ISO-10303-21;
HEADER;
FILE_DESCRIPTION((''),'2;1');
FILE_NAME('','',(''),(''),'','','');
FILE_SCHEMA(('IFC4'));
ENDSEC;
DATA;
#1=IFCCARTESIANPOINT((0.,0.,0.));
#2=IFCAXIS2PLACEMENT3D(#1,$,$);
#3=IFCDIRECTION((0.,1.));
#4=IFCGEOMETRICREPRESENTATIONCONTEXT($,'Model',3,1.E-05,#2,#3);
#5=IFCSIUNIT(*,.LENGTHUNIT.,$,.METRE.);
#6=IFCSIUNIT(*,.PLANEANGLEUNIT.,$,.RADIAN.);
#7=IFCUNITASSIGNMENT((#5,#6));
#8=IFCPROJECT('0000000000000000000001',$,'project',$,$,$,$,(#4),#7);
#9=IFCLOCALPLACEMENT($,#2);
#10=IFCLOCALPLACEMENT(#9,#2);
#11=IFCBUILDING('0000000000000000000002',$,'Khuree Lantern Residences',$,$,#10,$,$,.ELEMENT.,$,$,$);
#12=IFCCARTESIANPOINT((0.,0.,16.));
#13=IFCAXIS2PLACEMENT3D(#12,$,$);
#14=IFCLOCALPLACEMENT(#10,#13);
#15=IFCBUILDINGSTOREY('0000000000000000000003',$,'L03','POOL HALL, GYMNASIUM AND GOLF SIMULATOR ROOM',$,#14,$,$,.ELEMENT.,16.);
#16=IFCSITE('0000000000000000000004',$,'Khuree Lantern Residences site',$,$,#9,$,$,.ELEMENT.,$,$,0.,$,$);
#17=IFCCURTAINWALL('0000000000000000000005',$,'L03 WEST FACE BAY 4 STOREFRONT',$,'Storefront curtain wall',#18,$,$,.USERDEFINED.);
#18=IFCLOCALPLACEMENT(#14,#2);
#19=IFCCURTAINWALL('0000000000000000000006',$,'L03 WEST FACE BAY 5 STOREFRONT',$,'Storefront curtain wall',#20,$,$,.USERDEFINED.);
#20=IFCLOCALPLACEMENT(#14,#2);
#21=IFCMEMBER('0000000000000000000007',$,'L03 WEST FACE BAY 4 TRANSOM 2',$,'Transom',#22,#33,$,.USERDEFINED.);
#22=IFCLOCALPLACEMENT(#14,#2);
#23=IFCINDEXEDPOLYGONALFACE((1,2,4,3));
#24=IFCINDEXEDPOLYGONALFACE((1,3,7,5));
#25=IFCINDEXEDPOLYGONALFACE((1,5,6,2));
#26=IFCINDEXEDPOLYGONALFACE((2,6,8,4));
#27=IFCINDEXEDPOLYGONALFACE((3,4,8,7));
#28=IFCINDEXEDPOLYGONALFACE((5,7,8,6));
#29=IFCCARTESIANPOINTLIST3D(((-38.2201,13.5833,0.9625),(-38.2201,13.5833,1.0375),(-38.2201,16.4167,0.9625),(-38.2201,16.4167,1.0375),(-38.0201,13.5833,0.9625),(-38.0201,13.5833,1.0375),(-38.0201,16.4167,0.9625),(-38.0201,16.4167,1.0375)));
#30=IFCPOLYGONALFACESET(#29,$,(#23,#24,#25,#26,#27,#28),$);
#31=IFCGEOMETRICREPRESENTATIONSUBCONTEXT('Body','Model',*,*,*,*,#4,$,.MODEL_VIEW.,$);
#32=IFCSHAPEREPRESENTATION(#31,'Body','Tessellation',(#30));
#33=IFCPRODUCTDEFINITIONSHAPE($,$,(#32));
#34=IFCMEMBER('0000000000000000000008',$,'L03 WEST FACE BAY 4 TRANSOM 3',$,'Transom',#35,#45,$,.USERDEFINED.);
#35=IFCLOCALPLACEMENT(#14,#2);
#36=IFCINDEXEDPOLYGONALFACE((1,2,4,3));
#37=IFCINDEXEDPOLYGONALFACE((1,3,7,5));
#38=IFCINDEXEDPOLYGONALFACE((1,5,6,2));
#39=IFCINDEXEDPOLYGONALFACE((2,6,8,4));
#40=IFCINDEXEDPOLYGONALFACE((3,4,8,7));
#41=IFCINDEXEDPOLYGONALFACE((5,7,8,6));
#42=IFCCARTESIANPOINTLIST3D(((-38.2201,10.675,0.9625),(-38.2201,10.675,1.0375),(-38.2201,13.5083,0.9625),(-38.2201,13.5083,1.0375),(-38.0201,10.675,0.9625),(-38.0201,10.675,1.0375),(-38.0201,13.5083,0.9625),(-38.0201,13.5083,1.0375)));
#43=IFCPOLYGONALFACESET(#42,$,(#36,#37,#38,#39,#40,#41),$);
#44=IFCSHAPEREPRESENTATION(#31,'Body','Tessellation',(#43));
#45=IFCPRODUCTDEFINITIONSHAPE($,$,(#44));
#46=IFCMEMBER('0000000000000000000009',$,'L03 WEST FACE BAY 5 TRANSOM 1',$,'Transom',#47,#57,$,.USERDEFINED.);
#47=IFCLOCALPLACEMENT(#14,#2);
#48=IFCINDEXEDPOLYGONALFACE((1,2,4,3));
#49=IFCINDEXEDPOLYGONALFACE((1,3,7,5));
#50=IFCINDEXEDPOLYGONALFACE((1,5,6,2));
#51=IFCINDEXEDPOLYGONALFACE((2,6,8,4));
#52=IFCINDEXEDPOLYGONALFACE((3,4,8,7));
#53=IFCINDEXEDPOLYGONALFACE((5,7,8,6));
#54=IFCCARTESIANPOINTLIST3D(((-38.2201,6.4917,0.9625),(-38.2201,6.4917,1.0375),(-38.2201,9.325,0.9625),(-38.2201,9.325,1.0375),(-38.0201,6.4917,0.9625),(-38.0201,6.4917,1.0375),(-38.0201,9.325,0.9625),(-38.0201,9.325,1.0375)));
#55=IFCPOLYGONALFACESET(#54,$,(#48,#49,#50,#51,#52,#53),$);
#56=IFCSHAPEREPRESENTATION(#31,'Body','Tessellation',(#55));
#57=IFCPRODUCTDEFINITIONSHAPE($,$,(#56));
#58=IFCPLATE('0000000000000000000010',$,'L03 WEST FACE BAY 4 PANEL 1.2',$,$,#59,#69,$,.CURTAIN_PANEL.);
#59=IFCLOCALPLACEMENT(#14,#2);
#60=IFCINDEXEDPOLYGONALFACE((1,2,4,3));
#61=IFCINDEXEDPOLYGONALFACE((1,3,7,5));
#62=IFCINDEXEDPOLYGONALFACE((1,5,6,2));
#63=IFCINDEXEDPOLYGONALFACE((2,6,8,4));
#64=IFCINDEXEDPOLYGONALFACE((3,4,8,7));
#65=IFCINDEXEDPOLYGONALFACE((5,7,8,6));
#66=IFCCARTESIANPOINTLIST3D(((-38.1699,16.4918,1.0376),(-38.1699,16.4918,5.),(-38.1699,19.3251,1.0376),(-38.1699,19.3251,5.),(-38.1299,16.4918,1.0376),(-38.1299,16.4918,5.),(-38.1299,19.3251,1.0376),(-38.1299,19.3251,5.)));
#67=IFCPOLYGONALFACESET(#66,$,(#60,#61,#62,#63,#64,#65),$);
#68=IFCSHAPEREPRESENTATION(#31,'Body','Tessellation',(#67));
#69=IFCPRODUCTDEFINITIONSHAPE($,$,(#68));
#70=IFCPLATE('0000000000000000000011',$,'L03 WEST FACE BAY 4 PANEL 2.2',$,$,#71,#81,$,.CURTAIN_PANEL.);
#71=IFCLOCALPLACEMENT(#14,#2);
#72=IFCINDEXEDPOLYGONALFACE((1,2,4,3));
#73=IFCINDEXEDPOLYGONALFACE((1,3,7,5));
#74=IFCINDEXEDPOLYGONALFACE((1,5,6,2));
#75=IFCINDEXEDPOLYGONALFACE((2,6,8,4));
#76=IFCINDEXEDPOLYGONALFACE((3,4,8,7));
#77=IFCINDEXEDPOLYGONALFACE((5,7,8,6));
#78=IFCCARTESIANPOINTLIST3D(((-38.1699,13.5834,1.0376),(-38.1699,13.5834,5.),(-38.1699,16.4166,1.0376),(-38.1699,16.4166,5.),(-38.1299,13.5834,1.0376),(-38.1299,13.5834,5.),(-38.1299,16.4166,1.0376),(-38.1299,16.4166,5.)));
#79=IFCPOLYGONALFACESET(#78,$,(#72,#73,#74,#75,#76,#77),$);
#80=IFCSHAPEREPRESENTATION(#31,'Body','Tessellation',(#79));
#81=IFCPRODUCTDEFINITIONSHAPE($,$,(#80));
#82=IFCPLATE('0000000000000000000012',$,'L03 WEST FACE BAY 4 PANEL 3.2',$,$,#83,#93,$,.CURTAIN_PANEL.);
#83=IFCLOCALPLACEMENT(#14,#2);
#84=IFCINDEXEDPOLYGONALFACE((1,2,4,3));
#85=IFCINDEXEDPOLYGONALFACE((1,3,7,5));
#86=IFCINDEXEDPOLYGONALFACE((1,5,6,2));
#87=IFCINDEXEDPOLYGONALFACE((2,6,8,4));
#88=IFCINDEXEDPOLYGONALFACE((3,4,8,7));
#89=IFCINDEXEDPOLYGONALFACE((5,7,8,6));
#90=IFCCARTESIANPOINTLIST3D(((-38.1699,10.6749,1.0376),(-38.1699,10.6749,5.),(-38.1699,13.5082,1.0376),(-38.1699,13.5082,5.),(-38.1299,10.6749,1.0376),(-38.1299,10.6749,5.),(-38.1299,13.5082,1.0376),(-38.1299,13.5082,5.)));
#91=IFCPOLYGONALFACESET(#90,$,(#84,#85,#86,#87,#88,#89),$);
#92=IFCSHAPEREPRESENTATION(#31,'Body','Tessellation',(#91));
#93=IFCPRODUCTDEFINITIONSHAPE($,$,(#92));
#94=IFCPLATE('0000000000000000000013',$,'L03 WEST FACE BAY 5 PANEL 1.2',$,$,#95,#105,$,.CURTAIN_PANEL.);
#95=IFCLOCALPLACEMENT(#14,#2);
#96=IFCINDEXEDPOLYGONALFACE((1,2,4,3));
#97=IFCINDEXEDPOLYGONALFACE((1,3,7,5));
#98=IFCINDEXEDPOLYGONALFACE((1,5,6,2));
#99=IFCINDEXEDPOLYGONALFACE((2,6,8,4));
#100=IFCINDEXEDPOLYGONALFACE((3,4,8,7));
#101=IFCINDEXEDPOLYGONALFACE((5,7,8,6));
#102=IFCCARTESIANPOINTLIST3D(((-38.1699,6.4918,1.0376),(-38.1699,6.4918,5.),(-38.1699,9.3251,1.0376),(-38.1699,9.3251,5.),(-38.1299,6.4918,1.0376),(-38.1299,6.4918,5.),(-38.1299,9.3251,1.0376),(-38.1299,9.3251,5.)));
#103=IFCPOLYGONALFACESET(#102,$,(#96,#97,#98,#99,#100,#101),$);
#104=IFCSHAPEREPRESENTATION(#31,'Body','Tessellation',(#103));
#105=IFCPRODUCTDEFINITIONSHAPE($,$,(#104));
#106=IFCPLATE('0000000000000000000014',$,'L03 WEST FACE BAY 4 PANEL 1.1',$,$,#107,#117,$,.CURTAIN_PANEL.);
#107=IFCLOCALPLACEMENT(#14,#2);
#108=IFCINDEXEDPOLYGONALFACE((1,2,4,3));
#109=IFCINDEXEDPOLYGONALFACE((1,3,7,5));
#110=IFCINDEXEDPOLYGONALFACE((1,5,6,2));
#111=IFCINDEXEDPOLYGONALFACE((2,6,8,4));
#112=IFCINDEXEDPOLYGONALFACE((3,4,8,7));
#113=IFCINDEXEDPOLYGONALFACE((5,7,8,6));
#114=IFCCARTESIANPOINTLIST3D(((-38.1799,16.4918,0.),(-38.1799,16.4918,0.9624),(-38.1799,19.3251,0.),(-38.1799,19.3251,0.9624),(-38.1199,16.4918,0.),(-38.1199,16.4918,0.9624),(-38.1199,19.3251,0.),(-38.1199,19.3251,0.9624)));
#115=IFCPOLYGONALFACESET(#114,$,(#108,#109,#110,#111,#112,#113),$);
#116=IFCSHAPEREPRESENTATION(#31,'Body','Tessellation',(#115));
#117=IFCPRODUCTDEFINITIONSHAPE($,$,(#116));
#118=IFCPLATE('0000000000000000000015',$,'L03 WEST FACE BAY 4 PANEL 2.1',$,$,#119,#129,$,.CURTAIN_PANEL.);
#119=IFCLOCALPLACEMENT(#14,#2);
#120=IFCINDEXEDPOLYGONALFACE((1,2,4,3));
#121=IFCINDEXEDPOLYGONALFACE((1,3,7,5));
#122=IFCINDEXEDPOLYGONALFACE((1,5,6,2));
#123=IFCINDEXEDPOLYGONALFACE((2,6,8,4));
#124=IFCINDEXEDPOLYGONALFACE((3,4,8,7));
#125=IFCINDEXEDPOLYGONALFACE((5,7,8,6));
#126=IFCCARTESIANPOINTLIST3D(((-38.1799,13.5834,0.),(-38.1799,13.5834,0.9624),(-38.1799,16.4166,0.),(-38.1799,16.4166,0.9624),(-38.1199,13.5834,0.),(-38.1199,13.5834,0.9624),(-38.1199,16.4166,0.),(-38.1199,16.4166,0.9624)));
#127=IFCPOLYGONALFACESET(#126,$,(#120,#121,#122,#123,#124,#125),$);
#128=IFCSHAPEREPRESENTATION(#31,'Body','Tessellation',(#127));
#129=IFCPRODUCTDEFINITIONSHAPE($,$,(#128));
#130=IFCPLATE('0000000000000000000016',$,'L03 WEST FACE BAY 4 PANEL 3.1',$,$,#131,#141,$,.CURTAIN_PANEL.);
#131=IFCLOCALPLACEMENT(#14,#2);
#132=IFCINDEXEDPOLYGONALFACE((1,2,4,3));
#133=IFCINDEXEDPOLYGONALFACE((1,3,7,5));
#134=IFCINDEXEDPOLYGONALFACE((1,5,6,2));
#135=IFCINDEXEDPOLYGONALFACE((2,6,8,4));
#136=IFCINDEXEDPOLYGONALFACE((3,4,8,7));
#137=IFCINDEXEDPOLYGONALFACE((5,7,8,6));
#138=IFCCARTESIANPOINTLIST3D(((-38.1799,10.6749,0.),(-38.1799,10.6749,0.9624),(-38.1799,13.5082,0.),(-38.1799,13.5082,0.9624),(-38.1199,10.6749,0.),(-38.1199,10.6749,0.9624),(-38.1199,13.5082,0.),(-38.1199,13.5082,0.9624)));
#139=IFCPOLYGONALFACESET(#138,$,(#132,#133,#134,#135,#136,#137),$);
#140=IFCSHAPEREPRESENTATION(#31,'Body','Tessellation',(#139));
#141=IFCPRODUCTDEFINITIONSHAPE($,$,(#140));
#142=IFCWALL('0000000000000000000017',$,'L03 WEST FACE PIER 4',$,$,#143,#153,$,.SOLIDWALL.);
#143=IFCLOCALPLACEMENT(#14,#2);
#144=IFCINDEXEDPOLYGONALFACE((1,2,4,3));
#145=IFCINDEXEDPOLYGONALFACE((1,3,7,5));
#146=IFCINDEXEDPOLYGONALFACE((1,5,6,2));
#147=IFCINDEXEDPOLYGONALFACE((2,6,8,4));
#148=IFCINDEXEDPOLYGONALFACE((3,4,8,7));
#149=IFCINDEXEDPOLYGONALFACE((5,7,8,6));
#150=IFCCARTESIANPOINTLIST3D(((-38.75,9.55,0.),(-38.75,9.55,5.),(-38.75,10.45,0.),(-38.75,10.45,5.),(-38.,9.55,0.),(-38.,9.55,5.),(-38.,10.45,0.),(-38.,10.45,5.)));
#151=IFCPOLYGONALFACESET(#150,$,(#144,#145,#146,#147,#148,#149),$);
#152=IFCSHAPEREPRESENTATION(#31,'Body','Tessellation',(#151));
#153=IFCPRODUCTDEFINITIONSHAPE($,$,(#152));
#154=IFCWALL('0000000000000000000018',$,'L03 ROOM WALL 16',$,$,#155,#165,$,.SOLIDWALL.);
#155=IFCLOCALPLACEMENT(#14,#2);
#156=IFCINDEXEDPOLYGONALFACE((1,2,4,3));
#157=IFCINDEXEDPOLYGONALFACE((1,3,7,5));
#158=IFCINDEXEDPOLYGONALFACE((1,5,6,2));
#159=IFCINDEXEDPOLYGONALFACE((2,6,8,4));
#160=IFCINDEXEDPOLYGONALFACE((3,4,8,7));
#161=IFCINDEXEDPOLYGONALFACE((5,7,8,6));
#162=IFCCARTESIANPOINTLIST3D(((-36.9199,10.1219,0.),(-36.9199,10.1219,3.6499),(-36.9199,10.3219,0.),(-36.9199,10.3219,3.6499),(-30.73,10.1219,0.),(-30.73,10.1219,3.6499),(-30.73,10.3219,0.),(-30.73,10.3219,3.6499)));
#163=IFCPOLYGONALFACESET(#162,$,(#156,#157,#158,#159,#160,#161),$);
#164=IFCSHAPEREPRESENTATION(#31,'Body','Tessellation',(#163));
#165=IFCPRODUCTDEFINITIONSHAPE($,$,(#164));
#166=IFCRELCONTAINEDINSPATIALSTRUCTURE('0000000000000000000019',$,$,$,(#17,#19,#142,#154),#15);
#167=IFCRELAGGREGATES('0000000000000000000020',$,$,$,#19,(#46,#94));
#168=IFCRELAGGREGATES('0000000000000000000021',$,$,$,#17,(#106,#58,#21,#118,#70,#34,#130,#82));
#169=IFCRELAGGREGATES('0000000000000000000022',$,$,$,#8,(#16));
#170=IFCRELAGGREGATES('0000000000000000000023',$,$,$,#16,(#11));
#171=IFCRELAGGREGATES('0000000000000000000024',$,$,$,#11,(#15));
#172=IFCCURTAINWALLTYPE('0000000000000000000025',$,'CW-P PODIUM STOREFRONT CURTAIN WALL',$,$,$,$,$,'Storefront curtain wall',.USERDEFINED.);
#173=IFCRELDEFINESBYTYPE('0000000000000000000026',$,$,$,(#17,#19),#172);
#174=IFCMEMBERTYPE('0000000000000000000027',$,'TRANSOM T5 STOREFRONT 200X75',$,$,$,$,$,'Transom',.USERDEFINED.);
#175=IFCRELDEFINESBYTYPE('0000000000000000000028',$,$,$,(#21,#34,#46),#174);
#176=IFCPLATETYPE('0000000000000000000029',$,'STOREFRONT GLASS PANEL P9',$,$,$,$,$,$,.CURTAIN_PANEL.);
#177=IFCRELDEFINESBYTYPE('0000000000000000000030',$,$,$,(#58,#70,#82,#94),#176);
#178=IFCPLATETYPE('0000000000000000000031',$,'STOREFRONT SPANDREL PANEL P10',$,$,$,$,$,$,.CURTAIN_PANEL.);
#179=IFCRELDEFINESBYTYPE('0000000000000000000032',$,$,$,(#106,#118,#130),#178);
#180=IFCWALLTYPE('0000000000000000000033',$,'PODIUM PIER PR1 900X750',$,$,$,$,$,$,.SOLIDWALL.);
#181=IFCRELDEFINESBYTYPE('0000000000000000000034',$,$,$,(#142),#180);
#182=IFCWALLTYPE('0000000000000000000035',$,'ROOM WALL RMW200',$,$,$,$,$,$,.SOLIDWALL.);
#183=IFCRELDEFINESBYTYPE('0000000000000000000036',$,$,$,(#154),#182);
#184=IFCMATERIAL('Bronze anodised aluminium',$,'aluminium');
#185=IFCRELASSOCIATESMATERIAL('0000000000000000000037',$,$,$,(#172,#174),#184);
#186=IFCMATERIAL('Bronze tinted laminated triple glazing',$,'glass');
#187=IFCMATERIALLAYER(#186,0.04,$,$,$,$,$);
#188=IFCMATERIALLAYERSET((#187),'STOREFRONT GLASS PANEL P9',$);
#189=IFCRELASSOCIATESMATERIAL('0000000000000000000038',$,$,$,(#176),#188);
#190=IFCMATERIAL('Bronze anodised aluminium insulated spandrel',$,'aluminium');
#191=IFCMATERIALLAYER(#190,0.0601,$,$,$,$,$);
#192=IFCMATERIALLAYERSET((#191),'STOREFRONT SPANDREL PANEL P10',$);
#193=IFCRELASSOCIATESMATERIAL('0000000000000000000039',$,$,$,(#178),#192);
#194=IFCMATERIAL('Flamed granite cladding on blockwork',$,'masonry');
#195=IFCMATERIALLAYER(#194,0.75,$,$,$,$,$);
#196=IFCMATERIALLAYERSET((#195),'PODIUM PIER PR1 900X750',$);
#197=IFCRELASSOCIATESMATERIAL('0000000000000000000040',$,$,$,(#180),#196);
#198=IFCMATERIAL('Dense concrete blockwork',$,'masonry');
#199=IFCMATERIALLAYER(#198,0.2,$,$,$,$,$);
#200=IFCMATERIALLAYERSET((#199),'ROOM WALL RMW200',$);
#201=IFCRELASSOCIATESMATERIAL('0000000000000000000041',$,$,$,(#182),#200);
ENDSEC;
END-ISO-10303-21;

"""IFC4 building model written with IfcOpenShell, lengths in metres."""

from ifc_helpers import new_model, si_unit, direction, frame, frame_2d, origin, origin_2d, place, context, subcontext, project, spatial, rectangle, extrude, material, layer, layer_set, material_profile, profile_set, type_object, element, aggregate, save


model = new_model("IFC4")

# Units and contexts
model_context = context("Model", 3, precision=1e-05, world=origin(), true_north=direction((0.0, 1.0)))
body_context = subcontext(model_context, "Body", "Model", "MODEL_VIEW")
ifc_project = project(units=[si_unit("LENGTHUNIT", "METRE"), si_unit("PLANEANGLEUNIT", "RADIAN")], contexts=[model_context])

# Site, building, storey
site_placement = place(None, origin())
site = spatial("IfcSite", under=ifc_project, at=site_placement, Name="Khuree Lantern Residences site", CompositionType="ELEMENT", RefElevation=0.0)
building_placement = place(site_placement, origin())
building = spatial("IfcBuilding", under=site, at=building_placement, Name="Khuree Lantern Residences", CompositionType="ELEMENT")
storey_placement = place(building_placement, frame((0.0, 0.0, 16.0)))
storey = spatial("IfcBuildingStorey", under=building, at=storey_placement, Name="L03", Description="POOL HALL, GYMNASIUM AND GOLF SIMULATOR ROOM", CompositionType="ELEMENT", Elevation=16.0)

# Curtain wall
ifc_material_1 = material(Name="Bronze anodised aluminium", Category="aluminium")
curtain_wall_type = type_object("IfcCurtainWallType", Name="CW-P PODIUM STOREFRONT CURTAIN WALL", ElementType="Storefront curtain wall", PredefinedType="USERDEFINED", material=ifc_material_1)
curtain_wall_1_placement = place(storey_placement, origin())
curtain_wall_1 = element("IfcCurtainWall", 1, at=curtain_wall_1_placement, inside=storey, type_object=curtain_wall_type, Name="L03 WEST FACE BAY 4 STOREFRONT", ObjectType="Storefront curtain wall", PredefinedType="USERDEFINED")

# Curtain wall
curtain_wall_2_placement = place(storey_placement, origin())
curtain_wall_2 = element("IfcCurtainWall", 2, at=curtain_wall_2_placement, inside=storey, type_object=curtain_wall_type, Name="L03 WEST FACE BAY 5 STOREFRONT", ObjectType="Storefront curtain wall", PredefinedType="USERDEFINED")

# Members
ifc_material_profile_1 = material_profile(ifc_material_1, rectangle(XDim=0.2, YDim=0.075, at=origin_2d()), Name="T5 200X75")
ifc_profile_set_1 = profile_set([ifc_material_profile_1], Name="Bronze anodised aluminium")
member_type_1 = type_object("IfcMemberType", Name="TRANSOM T5 STOREFRONT 200X75", ElementType="Transom", PredefinedType="USERDEFINED", material=ifc_profile_set_1)
member_1_placement = place(storey_placement, frame((-38.1201, 16.4167, 1.0), z_axis=(0.0, -1.0, 0.0), x_axis=(1.0, 0.0, 0.0)))
member_1 = element("IfcMember", 3, at=member_1_placement, type_object=member_type_1, Name="L03 WEST FACE BAY 4 TRANSOM 2", ObjectType="Transom", PredefinedType="USERDEFINED", context=body_context, shape_type="SweptSolid", body=[
    extrude(rectangle(XDim=0.2, YDim=0.075, at=origin_2d()), origin(), (0.0, 0.0, 1.0), 2.8335),
])
member_2_placement = place(storey_placement, frame((-38.1201, 13.5083, 1.0), z_axis=(0.0, -1.0, 0.0), x_axis=(1.0, 0.0, 0.0)))
member_2 = element("IfcMember", 4, at=member_2_placement, type_object=member_type_1, Name="L03 WEST FACE BAY 4 TRANSOM 3", ObjectType="Transom", PredefinedType="USERDEFINED", context=body_context, shape_type="SweptSolid", body=[
    extrude(rectangle(XDim=0.2, YDim=0.075, at=origin_2d()), origin(), (0.0, 0.0, 1.0), 2.8333),
])
member_3_placement = place(storey_placement, frame((-38.1201, 9.325, 1.0), z_axis=(0.0, -1.0, 0.0), x_axis=(1.0, 0.0, 0.0)))
member_3 = element("IfcMember", 5, at=member_3_placement, type_object=member_type_1, Name="L03 WEST FACE BAY 5 TRANSOM 1", ObjectType="Transom", PredefinedType="USERDEFINED", context=body_context, shape_type="SweptSolid", body=[
    extrude(rectangle(XDim=0.2, YDim=0.075, at=origin_2d()), origin(), (0.0, 0.0, 1.0), 2.8333),
])

# Plates
ifc_material_2 = material(Name="Bronze tinted laminated triple glazing", Category="glass")
ifc_layer_1 = layer(ifc_material_2, 0.04)
ifc_layer_set_1 = layer_set([ifc_layer_1], Name="STOREFRONT GLASS PANEL P9")
plate_type_1 = type_object("IfcPlateType", Name="STOREFRONT GLASS PANEL P9", PredefinedType="CURTAIN_PANEL", material=ifc_layer_set_1)
plate_1_placement = place(storey_placement, frame((-38.1499, 17.9084, 1.0376), z_axis=(0.0, 0.0, 1.0), x_axis=(0.0, -1.0, 0.0)))
plate_1 = element("IfcPlate", 6, at=plate_1_placement, type_object=plate_type_1, Name="L03 WEST FACE BAY 4 PANEL 1.2", PredefinedType="CURTAIN_PANEL", context=body_context, shape_type="SweptSolid", body=[
    extrude(rectangle(XDim=2.8333, YDim=0.04, at=origin_2d()), origin(), (0.0, 0.0, 1.0), 3.9624),
])
plate_2_placement = place(storey_placement, frame((-38.1499, 15.0, 1.0376), z_axis=(0.0, 0.0, 1.0), x_axis=(0.0, -1.0, 0.0)))
plate_2 = element("IfcPlate", 7, at=plate_2_placement, type_object=plate_type_1, Name="L03 WEST FACE BAY 4 PANEL 2.2", PredefinedType="CURTAIN_PANEL", context=body_context, shape_type="SweptSolid", body=[
    extrude(rectangle(XDim=2.8333, YDim=0.04, at=origin_2d()), origin(), (0.0, 0.0, 1.0), 3.9624),
])
plate_3_placement = place(storey_placement, frame((-38.1499, 12.0916, 1.0376), z_axis=(0.0, 0.0, 1.0), x_axis=(0.0, -1.0, 0.0)))
plate_3 = element("IfcPlate", 8, at=plate_3_placement, type_object=plate_type_1, Name="L03 WEST FACE BAY 4 PANEL 3.2", PredefinedType="CURTAIN_PANEL", context=body_context, shape_type="SweptSolid", body=[
    extrude(rectangle(XDim=2.8333, YDim=0.04, at=origin_2d()), origin(), (0.0, 0.0, 1.0), 3.9624),
])
plate_4_placement = place(storey_placement, frame((-38.1499, 7.9084, 1.0376), z_axis=(0.0, 0.0, 1.0), x_axis=(0.0, -1.0, 0.0)))
plate_4 = element("IfcPlate", 9, at=plate_4_placement, type_object=plate_type_1, Name="L03 WEST FACE BAY 5 PANEL 1.2", PredefinedType="CURTAIN_PANEL", context=body_context, shape_type="SweptSolid", body=[
    extrude(rectangle(XDim=2.8333, YDim=0.04, at=origin_2d()), origin(), (0.0, 0.0, 1.0), 3.9624),
])
aggregate(curtain_wall_2, [member_3, plate_4])
ifc_material_3 = material(Name="Bronze anodised aluminium insulated spandrel", Category="aluminium")
ifc_layer_2 = layer(ifc_material_3, 0.0601)
ifc_layer_set_2 = layer_set([ifc_layer_2], Name="STOREFRONT SPANDREL PANEL P10")
plate_type_2 = type_object("IfcPlateType", Name="STOREFRONT SPANDREL PANEL P10", PredefinedType="CURTAIN_PANEL", material=ifc_layer_set_2)
plate_5_placement = place(storey_placement, frame((-38.1499, 17.9084, 0.0), z_axis=(0.0, 0.0, 1.0), x_axis=(0.0, -1.0, 0.0)))
plate_5 = element("IfcPlate", 10, at=plate_5_placement, type_object=plate_type_2, Name="L03 WEST FACE BAY 4 PANEL 1.1", PredefinedType="CURTAIN_PANEL", context=body_context, shape_type="SweptSolid", body=[
    extrude(rectangle(XDim=2.8333, YDim=0.0601, at=origin_2d()), origin(), (0.0, 0.0, 1.0), 0.9624),
])
plate_6_placement = place(storey_placement, frame((-38.1499, 15.0, 0.0), z_axis=(0.0, 0.0, 1.0), x_axis=(0.0, -1.0, 0.0)))
plate_6 = element("IfcPlate", 11, at=plate_6_placement, type_object=plate_type_2, Name="L03 WEST FACE BAY 4 PANEL 2.1", PredefinedType="CURTAIN_PANEL", context=body_context, shape_type="SweptSolid", body=[
    extrude(rectangle(XDim=2.8333, YDim=0.0601, at=origin_2d()), origin(), (0.0, 0.0, 1.0), 0.9624),
])
plate_7_placement = place(storey_placement, frame((-38.1499, 12.0916, 0.0), z_axis=(0.0, 0.0, 1.0), x_axis=(0.0, -1.0, 0.0)))
plate_7 = element("IfcPlate", 12, at=plate_7_placement, type_object=plate_type_2, Name="L03 WEST FACE BAY 4 PANEL 3.1", PredefinedType="CURTAIN_PANEL", context=body_context, shape_type="SweptSolid", body=[
    extrude(rectangle(XDim=2.8333, YDim=0.0601, at=origin_2d()), origin(), (0.0, 0.0, 1.0), 0.9624),
])
aggregate(curtain_wall_1, [plate_5, plate_1, member_1, plate_6, plate_2, member_2, plate_7, plate_3])

# Walls
ifc_material_4 = material(Name="Flamed granite cladding on blockwork", Category="masonry")
ifc_layer_3 = layer(ifc_material_4, 0.75)
ifc_layer_set_3 = layer_set([ifc_layer_3], Name="PODIUM PIER PR1 900X750")
wall_type_1 = type_object("IfcWallType", Name="PODIUM PIER PR1 900X750", PredefinedType="SOLIDWALL", material=ifc_layer_set_3)
wall_1_placement = place(storey_placement, frame((-38.375, 10.45, 0.0), z_axis=(0.0, 0.0, 1.0), x_axis=(0.0, -1.0, 0.0)))
element("IfcWall", 13, at=wall_1_placement, inside=storey, type_object=wall_type_1, Name="L03 WEST FACE PIER 4", PredefinedType="SOLIDWALL", context=body_context, shape_type="SweptSolid", body=[
    extrude(rectangle(XDim=0.8999, YDim=0.75, at=frame_2d((0.45, 0.0))), origin(), (0.0, 0.0, 1.0), 5.0),
])
ifc_material_5 = material(Name="Dense concrete blockwork", Category="masonry")
ifc_layer_4 = layer(ifc_material_5, 0.2)
ifc_layer_set_4 = layer_set([ifc_layer_4], Name="ROOM WALL RMW200")
wall_type_2 = type_object("IfcWallType", Name="ROOM WALL RMW200", PredefinedType="SOLIDWALL", material=ifc_layer_set_4)
wall_2_placement = place(storey_placement, frame((-36.9199, 10.2219, 0.0), z_axis=(0.0, 0.0, 1.0), x_axis=(1.0, 0.0, 0.0)))
element("IfcWall", 14, at=wall_2_placement, inside=storey, type_object=wall_type_2, Name="L03 ROOM WALL 16", PredefinedType="SOLIDWALL", context=body_context, shape_type="SweptSolid", body=[
    extrude(rectangle(XDim=6.1899, YDim=0.2, at=frame_2d((3.095, 0.0))), origin(), (0.0, 0.0, 1.0), 3.6499),
])

save(model, "model.ifc")
